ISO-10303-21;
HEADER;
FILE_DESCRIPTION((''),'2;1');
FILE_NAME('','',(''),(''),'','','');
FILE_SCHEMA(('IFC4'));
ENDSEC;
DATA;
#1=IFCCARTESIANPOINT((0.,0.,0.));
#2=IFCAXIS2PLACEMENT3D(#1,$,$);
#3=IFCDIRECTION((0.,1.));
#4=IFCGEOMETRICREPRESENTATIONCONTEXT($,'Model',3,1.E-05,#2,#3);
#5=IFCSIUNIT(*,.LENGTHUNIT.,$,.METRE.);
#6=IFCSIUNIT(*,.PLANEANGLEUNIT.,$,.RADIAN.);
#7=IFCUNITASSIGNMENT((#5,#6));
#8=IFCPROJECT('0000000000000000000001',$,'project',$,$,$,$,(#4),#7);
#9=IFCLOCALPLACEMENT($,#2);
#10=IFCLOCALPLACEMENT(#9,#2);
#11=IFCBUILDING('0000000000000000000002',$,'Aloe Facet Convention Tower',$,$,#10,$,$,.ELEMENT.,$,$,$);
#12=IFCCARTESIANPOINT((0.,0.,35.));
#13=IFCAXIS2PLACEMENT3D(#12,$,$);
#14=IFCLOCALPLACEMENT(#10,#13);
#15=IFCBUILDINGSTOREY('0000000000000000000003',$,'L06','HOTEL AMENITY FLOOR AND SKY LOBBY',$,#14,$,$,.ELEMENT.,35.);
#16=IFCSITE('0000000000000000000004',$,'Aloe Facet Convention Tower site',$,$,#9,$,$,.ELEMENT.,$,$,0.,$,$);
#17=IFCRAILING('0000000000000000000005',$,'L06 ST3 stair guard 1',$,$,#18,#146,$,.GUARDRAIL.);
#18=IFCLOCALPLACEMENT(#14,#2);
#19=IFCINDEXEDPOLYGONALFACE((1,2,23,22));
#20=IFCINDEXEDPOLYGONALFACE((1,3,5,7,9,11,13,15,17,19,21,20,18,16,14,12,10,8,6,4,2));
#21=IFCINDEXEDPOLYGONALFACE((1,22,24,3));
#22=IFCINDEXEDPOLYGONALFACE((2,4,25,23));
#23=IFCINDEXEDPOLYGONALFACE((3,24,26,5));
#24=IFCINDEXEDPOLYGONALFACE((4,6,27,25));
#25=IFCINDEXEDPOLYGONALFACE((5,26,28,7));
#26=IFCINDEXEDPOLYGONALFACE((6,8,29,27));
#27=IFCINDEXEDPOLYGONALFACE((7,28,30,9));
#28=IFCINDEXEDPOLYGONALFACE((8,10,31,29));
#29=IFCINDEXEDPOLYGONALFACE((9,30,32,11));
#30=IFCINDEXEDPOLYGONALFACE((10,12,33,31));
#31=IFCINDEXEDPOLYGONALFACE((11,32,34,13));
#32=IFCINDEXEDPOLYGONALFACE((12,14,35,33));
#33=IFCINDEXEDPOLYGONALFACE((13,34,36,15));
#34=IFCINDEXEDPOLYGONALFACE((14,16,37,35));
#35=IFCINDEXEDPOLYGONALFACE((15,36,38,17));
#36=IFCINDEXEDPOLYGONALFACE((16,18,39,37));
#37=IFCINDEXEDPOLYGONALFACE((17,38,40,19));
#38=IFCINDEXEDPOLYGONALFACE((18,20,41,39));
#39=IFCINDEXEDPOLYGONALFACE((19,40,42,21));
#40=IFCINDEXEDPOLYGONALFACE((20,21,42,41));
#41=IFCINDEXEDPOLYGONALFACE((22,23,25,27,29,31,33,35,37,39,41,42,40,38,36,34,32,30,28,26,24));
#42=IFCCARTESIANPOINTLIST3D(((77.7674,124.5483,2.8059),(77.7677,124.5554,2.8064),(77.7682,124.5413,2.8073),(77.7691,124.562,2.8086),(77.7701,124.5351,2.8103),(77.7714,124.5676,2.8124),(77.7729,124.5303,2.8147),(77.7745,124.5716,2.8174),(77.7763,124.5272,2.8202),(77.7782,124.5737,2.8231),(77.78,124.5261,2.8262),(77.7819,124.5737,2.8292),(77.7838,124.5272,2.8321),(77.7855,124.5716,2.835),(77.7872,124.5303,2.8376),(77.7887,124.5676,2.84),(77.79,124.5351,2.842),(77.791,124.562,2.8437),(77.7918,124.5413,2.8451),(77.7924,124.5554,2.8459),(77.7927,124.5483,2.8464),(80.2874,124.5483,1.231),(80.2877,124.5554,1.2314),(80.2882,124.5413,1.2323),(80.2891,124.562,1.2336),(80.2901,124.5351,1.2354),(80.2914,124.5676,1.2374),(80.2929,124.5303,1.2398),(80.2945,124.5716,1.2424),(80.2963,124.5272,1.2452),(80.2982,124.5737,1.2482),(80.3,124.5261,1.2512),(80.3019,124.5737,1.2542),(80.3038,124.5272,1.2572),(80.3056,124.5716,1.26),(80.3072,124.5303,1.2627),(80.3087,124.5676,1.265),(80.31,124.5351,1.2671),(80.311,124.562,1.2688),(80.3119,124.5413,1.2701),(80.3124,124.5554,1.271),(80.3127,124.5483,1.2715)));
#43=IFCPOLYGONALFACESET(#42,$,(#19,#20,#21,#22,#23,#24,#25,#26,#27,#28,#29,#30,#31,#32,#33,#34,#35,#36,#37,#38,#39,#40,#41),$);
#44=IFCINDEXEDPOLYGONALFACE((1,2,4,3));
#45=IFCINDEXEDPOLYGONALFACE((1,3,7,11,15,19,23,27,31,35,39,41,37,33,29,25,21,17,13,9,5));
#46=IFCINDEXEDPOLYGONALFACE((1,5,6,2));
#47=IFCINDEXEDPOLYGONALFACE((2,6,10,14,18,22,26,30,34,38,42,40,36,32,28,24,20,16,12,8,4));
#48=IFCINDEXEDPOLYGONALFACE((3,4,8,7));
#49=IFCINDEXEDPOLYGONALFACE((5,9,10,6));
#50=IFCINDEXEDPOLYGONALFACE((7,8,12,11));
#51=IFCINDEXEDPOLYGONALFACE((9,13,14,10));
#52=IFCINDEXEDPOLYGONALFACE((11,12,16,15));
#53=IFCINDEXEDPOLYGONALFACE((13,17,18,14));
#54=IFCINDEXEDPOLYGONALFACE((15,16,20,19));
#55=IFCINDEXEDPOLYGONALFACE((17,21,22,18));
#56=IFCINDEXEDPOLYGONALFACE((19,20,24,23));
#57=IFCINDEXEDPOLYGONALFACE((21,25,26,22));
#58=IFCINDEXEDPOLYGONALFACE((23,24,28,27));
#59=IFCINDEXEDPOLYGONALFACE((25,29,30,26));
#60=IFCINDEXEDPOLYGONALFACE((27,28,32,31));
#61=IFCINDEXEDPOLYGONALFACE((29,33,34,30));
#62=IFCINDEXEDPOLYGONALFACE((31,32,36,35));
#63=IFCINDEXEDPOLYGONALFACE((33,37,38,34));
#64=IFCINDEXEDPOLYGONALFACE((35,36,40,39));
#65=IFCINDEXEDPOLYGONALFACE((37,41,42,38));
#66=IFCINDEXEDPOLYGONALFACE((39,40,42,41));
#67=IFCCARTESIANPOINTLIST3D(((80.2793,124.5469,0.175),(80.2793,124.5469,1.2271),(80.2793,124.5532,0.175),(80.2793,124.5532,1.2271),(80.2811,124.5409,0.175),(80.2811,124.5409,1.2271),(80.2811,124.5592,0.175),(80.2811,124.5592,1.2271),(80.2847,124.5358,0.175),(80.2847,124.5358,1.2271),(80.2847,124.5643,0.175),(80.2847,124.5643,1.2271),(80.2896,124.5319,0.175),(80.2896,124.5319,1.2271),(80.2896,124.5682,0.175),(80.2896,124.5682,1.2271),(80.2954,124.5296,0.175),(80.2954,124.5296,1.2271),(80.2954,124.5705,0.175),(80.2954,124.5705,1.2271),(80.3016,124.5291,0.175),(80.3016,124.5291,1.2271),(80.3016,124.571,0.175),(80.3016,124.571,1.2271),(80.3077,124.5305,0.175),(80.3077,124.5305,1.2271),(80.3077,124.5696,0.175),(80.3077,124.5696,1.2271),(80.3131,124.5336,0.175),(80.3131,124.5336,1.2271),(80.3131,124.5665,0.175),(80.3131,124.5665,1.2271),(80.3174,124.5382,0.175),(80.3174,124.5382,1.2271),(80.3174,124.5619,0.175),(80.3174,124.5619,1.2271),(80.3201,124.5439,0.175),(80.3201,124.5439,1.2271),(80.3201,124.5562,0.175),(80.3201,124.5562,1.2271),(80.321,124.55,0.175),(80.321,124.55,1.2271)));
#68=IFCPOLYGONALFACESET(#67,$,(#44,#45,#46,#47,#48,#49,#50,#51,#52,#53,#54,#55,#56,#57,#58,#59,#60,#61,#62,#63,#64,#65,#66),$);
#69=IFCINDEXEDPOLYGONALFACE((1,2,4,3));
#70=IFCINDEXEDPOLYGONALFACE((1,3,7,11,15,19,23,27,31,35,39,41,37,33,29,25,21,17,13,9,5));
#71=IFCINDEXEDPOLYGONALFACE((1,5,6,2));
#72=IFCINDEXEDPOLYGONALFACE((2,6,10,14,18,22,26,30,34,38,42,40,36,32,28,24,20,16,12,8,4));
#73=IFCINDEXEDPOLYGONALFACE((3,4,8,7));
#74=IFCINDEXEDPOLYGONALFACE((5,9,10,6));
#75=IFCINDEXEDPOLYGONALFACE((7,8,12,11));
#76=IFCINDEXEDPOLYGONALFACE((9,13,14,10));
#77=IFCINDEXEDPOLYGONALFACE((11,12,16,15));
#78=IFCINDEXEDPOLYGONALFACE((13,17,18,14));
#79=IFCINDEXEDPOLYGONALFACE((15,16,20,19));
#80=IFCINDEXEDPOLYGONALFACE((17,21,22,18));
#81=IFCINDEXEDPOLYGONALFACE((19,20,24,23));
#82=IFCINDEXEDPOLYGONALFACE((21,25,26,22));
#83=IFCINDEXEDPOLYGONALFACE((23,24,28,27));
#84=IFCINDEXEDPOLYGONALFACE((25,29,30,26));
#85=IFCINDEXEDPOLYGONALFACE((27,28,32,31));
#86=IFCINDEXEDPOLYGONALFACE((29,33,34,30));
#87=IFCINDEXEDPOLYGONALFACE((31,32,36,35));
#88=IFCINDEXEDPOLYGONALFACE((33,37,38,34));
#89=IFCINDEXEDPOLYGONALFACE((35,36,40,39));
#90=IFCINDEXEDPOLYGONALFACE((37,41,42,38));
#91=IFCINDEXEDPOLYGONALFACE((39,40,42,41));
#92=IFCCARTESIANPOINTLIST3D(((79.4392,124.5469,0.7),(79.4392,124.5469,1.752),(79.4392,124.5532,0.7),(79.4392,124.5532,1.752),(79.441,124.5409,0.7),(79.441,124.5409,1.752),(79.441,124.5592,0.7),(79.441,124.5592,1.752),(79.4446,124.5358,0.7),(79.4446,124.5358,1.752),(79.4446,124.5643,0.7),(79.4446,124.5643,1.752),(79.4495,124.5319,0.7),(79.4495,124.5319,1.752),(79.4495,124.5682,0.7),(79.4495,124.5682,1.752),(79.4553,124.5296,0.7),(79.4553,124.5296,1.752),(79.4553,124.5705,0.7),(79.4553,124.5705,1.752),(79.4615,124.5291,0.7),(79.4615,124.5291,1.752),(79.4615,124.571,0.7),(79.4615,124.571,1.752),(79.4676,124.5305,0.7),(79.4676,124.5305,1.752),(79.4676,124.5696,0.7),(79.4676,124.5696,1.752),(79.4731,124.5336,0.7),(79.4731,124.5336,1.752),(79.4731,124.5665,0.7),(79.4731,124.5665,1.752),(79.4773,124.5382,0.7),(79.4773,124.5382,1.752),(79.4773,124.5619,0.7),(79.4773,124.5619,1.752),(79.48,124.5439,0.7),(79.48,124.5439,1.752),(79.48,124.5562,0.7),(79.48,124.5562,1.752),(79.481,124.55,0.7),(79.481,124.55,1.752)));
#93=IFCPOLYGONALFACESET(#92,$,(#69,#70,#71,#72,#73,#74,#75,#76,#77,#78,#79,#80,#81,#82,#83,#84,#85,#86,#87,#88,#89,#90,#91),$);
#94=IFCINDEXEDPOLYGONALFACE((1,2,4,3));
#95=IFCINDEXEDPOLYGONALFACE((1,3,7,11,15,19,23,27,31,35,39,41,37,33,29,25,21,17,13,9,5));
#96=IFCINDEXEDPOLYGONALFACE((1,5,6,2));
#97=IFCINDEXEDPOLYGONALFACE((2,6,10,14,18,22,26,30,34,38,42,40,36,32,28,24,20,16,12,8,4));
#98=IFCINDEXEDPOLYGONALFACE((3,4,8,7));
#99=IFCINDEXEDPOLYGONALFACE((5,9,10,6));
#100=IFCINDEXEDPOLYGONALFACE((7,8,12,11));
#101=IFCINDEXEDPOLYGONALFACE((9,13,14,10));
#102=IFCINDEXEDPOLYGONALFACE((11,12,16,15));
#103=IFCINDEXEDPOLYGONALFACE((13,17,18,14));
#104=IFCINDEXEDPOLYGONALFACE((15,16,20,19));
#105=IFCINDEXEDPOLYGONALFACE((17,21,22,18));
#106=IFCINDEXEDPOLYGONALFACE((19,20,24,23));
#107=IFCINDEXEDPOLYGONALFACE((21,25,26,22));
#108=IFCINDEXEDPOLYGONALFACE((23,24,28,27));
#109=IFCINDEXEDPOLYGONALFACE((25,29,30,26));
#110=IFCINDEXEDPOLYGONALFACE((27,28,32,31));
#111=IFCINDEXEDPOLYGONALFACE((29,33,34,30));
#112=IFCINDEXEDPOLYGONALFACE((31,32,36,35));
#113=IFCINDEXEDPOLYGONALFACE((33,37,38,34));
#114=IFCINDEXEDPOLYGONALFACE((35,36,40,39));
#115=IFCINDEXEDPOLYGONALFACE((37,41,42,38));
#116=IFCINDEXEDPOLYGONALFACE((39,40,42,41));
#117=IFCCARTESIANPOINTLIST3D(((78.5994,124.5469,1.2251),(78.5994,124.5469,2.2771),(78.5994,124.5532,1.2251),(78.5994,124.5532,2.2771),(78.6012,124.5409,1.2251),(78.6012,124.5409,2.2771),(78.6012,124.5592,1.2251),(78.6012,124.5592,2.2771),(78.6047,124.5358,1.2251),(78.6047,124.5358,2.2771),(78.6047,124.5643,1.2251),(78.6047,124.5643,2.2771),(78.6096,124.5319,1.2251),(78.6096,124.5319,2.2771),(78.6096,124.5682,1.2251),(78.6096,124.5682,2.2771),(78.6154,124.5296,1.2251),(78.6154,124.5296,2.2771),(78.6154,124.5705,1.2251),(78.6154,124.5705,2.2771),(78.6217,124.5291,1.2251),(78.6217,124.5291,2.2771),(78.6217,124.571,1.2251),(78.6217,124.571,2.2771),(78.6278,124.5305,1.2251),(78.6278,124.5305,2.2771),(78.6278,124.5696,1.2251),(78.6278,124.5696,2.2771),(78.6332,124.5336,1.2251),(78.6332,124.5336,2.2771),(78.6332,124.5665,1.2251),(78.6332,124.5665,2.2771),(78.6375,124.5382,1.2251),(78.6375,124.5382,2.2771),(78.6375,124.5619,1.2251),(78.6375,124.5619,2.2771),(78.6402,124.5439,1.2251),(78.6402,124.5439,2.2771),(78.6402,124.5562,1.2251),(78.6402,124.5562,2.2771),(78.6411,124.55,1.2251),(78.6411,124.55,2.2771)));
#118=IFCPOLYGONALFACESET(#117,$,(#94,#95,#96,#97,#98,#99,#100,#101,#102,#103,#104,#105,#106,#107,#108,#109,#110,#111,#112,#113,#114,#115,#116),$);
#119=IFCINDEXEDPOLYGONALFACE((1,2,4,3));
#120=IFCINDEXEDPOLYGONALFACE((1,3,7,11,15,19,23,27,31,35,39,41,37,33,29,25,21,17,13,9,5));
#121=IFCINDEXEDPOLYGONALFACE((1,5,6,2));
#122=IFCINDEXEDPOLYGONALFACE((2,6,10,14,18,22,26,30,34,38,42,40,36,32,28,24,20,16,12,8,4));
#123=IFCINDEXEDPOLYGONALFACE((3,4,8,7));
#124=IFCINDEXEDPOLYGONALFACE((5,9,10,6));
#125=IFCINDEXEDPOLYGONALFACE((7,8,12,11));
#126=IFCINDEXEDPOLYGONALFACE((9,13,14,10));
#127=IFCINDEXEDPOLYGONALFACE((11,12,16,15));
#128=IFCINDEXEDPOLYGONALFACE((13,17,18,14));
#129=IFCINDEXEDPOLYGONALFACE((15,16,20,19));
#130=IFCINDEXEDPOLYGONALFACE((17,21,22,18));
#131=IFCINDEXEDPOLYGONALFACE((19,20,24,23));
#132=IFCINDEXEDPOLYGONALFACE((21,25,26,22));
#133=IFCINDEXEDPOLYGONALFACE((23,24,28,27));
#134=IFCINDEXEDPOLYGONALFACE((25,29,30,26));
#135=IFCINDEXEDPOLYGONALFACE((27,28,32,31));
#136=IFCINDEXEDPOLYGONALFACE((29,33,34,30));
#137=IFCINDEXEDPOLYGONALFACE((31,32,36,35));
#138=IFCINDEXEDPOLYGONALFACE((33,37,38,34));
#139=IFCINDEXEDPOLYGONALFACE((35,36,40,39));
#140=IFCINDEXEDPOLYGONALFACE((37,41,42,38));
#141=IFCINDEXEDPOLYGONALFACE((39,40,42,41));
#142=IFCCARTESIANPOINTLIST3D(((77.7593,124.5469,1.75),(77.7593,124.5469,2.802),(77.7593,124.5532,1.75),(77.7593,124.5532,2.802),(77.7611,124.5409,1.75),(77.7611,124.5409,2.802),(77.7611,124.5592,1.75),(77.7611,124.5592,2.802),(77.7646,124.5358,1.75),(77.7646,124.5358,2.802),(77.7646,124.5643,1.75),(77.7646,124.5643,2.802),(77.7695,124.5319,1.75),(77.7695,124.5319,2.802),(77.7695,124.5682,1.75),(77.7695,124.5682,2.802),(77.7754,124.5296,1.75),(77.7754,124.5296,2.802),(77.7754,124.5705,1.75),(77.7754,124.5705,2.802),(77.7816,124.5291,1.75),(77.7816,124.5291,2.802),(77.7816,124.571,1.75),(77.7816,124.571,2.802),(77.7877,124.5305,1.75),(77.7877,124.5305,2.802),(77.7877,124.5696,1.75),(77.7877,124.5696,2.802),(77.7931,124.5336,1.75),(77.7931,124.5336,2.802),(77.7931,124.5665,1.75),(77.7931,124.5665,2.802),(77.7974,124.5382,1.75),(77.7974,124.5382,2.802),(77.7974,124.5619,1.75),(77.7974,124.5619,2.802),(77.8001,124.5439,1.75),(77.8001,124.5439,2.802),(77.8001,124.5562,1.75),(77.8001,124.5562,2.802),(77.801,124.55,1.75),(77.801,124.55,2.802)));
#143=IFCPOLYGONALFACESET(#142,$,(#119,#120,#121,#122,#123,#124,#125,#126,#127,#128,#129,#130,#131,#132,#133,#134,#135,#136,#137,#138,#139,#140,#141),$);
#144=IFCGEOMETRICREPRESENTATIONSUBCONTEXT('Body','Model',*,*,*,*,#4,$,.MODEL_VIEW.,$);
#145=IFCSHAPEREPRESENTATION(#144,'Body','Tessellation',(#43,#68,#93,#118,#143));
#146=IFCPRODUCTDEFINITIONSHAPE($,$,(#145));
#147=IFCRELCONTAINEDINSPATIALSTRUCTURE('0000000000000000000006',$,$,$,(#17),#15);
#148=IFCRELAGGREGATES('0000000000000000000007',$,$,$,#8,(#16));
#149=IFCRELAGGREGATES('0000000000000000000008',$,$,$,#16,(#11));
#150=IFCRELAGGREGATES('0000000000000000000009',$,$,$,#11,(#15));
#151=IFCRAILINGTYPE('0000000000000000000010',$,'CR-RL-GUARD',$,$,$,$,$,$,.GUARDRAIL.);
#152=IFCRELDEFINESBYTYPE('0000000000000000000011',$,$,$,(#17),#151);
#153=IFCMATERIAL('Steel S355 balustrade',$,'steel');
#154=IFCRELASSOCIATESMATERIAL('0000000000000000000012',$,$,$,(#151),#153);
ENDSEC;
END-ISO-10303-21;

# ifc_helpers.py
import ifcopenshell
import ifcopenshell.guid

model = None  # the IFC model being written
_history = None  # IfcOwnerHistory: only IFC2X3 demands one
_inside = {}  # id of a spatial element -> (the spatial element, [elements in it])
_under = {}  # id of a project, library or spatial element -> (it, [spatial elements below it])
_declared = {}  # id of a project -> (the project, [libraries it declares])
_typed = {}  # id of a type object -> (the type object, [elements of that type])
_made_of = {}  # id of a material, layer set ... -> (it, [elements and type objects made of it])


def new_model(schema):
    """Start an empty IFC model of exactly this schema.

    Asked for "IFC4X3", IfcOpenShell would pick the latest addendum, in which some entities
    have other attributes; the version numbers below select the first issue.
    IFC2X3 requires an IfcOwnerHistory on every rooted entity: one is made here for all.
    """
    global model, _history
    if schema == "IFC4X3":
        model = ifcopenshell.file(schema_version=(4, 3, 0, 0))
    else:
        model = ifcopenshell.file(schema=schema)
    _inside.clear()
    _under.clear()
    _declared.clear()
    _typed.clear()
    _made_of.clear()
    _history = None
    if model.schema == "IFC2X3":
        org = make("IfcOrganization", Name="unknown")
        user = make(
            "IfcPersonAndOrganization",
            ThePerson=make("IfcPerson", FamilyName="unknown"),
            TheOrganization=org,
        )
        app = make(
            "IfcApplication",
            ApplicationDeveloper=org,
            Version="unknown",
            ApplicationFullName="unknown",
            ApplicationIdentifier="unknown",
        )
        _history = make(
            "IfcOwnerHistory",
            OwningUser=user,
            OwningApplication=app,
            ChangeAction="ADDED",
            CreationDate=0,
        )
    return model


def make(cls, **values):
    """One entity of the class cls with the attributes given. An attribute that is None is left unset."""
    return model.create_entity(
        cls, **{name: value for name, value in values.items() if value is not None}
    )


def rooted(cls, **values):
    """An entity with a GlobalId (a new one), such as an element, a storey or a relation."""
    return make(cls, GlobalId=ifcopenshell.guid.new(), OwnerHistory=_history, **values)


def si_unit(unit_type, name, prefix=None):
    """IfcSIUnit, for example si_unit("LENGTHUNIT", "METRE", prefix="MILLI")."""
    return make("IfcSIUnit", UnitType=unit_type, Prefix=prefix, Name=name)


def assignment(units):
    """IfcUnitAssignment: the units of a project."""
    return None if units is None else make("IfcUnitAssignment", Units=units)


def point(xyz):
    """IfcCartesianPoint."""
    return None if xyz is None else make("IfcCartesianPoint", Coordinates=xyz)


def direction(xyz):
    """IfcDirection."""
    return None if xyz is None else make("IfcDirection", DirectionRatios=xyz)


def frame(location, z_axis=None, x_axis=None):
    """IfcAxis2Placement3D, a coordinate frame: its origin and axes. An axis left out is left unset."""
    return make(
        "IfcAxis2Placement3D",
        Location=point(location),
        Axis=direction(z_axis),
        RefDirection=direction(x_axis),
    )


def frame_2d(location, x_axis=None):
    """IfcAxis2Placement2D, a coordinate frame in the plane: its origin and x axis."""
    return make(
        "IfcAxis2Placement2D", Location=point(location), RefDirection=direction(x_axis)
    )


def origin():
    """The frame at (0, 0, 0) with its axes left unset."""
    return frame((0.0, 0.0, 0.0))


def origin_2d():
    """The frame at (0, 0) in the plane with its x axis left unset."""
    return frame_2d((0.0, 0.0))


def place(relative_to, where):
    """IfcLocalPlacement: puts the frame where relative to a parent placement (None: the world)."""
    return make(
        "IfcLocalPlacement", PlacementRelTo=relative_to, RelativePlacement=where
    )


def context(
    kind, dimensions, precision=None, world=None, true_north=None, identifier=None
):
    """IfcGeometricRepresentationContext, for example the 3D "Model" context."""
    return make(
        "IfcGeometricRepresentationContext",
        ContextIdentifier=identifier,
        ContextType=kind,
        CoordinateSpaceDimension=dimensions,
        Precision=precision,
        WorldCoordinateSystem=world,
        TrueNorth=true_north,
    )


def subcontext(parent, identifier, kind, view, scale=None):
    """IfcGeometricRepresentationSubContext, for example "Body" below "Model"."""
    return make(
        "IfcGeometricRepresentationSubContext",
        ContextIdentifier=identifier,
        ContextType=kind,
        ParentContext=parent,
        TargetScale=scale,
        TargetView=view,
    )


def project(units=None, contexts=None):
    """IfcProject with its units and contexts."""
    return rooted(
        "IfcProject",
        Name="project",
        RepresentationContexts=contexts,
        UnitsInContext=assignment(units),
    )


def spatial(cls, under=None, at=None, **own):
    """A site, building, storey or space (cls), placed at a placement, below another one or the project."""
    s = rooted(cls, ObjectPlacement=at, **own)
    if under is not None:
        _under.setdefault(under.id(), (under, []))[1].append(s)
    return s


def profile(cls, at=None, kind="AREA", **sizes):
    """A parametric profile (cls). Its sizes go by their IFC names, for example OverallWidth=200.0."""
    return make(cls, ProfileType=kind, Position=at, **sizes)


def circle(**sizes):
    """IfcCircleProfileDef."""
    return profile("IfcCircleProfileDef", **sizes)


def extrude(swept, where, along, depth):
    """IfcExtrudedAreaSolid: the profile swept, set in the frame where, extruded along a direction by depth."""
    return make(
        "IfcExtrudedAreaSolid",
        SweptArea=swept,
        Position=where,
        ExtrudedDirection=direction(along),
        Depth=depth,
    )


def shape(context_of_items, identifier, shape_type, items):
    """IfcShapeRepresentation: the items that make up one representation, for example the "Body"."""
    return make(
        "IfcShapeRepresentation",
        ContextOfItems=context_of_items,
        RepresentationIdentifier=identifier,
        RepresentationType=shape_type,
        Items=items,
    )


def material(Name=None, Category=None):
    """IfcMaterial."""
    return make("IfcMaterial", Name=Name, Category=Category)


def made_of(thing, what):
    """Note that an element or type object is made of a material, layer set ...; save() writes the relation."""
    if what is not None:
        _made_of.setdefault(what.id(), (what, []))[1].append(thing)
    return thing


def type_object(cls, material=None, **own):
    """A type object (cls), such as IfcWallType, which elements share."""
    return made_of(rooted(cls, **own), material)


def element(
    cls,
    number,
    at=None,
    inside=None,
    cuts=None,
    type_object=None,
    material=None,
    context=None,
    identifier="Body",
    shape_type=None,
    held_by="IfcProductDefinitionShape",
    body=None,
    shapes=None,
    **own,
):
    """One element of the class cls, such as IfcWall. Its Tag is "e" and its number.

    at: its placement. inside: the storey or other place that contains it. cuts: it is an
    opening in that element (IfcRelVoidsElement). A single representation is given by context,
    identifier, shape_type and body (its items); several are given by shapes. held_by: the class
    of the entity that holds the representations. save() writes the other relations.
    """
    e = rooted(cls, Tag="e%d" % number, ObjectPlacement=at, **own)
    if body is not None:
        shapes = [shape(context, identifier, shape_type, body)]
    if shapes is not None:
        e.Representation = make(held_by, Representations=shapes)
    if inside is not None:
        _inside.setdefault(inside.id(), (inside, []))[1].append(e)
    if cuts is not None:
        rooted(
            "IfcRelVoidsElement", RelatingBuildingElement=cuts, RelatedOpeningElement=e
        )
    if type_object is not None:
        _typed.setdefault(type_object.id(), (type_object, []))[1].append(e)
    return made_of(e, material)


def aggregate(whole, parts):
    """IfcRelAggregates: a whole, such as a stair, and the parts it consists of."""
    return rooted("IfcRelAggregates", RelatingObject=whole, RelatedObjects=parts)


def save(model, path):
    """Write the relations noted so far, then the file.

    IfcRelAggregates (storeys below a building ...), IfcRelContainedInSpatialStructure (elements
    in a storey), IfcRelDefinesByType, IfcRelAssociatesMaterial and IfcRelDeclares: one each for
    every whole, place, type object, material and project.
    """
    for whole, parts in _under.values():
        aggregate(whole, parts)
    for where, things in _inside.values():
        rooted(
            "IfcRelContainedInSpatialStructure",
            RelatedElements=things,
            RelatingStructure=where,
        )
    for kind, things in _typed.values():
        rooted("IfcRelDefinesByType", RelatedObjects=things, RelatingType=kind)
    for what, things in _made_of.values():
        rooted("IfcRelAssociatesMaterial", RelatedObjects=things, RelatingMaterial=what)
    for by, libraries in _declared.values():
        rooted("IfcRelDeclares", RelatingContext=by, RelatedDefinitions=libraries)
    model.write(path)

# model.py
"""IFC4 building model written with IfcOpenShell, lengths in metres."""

from ifc_helpers import new_model, si_unit, direction, frame, origin, origin_2d, place, context, subcontext, project, spatial, circle, extrude, material, type_object, element, save


model = new_model("IFC4")

# Units and contexts
model_context = context("Model", 3, precision=1e-05, world=origin(), true_north=direction((0.0, 1.0)))
body_context = subcontext(model_context, "Body", "Model", "MODEL_VIEW")
ifc_project = project(units=[si_unit("LENGTHUNIT", "METRE"), si_unit("PLANEANGLEUNIT", "RADIAN")], contexts=[model_context])

# Site, building, storey
site_placement = place(None, origin())
site = spatial("IfcSite", under=ifc_project, at=site_placement, Name="Aloe Facet Convention Tower site", CompositionType="ELEMENT", RefElevation=0.0)
building_placement = place(site_placement, origin())
building = spatial("IfcBuilding", under=site, at=building_placement, Name="Aloe Facet Convention Tower", CompositionType="ELEMENT")
storey_placement = place(building_placement, frame((0.0, 0.0, 35.0)))
storey = spatial("IfcBuildingStorey", under=building, at=storey_placement, Name="L06", Description="HOTEL AMENITY FLOOR AND SKY LOBBY", CompositionType="ELEMENT", Elevation=35.0)

# Railing
ifc_material_1 = material(Name="Steel S355 balustrade", Category="steel")
railing_type_1 = type_object("IfcRailingType", Name="CR-RL-GUARD", PredefinedType="GUARDRAIL", material=ifc_material_1)
railing_1_placement = place(storey_placement, frame((80.3, 124.55, 0.175)))
element("IfcRailing", 1, at=railing_1_placement, inside=storey, type_object=railing_type_1, Name="L06 ST3 stair guard 1", PredefinedType="GUARDRAIL", context=body_context, shape_type="SweptSolid", body=[
    extrude(circle(Radius=0.0239, at=origin_2d()), frame((0.0, 0.0, 1.0762), z_axis=(-0.848008, 0.0, 0.529984), x_axis=(0.0, -1.0, 0.0)), (0.0, 0.0, 1.0), 2.9717),
    extrude(circle(Radius=0.021, at=origin_2d()), origin(), (0.0, 0.0, 1.0), 1.052),
    extrude(circle(Radius=0.021, at=origin_2d()), frame((-0.8401, 0.0, 0.5249)), (0.0, 0.0, 1.0), 1.052),
    extrude(circle(Radius=0.021, at=origin_2d()), frame((-1.6799, 0.0, 1.05)), (0.0, 0.0, 1.0), 1.052),
    extrude(circle(Radius=0.021, at=origin_2d()), frame((-2.52, 0.0, 1.575)), (0.0, 0.0, 1.0), 1.052),
])

save(model, "model.ifc")
